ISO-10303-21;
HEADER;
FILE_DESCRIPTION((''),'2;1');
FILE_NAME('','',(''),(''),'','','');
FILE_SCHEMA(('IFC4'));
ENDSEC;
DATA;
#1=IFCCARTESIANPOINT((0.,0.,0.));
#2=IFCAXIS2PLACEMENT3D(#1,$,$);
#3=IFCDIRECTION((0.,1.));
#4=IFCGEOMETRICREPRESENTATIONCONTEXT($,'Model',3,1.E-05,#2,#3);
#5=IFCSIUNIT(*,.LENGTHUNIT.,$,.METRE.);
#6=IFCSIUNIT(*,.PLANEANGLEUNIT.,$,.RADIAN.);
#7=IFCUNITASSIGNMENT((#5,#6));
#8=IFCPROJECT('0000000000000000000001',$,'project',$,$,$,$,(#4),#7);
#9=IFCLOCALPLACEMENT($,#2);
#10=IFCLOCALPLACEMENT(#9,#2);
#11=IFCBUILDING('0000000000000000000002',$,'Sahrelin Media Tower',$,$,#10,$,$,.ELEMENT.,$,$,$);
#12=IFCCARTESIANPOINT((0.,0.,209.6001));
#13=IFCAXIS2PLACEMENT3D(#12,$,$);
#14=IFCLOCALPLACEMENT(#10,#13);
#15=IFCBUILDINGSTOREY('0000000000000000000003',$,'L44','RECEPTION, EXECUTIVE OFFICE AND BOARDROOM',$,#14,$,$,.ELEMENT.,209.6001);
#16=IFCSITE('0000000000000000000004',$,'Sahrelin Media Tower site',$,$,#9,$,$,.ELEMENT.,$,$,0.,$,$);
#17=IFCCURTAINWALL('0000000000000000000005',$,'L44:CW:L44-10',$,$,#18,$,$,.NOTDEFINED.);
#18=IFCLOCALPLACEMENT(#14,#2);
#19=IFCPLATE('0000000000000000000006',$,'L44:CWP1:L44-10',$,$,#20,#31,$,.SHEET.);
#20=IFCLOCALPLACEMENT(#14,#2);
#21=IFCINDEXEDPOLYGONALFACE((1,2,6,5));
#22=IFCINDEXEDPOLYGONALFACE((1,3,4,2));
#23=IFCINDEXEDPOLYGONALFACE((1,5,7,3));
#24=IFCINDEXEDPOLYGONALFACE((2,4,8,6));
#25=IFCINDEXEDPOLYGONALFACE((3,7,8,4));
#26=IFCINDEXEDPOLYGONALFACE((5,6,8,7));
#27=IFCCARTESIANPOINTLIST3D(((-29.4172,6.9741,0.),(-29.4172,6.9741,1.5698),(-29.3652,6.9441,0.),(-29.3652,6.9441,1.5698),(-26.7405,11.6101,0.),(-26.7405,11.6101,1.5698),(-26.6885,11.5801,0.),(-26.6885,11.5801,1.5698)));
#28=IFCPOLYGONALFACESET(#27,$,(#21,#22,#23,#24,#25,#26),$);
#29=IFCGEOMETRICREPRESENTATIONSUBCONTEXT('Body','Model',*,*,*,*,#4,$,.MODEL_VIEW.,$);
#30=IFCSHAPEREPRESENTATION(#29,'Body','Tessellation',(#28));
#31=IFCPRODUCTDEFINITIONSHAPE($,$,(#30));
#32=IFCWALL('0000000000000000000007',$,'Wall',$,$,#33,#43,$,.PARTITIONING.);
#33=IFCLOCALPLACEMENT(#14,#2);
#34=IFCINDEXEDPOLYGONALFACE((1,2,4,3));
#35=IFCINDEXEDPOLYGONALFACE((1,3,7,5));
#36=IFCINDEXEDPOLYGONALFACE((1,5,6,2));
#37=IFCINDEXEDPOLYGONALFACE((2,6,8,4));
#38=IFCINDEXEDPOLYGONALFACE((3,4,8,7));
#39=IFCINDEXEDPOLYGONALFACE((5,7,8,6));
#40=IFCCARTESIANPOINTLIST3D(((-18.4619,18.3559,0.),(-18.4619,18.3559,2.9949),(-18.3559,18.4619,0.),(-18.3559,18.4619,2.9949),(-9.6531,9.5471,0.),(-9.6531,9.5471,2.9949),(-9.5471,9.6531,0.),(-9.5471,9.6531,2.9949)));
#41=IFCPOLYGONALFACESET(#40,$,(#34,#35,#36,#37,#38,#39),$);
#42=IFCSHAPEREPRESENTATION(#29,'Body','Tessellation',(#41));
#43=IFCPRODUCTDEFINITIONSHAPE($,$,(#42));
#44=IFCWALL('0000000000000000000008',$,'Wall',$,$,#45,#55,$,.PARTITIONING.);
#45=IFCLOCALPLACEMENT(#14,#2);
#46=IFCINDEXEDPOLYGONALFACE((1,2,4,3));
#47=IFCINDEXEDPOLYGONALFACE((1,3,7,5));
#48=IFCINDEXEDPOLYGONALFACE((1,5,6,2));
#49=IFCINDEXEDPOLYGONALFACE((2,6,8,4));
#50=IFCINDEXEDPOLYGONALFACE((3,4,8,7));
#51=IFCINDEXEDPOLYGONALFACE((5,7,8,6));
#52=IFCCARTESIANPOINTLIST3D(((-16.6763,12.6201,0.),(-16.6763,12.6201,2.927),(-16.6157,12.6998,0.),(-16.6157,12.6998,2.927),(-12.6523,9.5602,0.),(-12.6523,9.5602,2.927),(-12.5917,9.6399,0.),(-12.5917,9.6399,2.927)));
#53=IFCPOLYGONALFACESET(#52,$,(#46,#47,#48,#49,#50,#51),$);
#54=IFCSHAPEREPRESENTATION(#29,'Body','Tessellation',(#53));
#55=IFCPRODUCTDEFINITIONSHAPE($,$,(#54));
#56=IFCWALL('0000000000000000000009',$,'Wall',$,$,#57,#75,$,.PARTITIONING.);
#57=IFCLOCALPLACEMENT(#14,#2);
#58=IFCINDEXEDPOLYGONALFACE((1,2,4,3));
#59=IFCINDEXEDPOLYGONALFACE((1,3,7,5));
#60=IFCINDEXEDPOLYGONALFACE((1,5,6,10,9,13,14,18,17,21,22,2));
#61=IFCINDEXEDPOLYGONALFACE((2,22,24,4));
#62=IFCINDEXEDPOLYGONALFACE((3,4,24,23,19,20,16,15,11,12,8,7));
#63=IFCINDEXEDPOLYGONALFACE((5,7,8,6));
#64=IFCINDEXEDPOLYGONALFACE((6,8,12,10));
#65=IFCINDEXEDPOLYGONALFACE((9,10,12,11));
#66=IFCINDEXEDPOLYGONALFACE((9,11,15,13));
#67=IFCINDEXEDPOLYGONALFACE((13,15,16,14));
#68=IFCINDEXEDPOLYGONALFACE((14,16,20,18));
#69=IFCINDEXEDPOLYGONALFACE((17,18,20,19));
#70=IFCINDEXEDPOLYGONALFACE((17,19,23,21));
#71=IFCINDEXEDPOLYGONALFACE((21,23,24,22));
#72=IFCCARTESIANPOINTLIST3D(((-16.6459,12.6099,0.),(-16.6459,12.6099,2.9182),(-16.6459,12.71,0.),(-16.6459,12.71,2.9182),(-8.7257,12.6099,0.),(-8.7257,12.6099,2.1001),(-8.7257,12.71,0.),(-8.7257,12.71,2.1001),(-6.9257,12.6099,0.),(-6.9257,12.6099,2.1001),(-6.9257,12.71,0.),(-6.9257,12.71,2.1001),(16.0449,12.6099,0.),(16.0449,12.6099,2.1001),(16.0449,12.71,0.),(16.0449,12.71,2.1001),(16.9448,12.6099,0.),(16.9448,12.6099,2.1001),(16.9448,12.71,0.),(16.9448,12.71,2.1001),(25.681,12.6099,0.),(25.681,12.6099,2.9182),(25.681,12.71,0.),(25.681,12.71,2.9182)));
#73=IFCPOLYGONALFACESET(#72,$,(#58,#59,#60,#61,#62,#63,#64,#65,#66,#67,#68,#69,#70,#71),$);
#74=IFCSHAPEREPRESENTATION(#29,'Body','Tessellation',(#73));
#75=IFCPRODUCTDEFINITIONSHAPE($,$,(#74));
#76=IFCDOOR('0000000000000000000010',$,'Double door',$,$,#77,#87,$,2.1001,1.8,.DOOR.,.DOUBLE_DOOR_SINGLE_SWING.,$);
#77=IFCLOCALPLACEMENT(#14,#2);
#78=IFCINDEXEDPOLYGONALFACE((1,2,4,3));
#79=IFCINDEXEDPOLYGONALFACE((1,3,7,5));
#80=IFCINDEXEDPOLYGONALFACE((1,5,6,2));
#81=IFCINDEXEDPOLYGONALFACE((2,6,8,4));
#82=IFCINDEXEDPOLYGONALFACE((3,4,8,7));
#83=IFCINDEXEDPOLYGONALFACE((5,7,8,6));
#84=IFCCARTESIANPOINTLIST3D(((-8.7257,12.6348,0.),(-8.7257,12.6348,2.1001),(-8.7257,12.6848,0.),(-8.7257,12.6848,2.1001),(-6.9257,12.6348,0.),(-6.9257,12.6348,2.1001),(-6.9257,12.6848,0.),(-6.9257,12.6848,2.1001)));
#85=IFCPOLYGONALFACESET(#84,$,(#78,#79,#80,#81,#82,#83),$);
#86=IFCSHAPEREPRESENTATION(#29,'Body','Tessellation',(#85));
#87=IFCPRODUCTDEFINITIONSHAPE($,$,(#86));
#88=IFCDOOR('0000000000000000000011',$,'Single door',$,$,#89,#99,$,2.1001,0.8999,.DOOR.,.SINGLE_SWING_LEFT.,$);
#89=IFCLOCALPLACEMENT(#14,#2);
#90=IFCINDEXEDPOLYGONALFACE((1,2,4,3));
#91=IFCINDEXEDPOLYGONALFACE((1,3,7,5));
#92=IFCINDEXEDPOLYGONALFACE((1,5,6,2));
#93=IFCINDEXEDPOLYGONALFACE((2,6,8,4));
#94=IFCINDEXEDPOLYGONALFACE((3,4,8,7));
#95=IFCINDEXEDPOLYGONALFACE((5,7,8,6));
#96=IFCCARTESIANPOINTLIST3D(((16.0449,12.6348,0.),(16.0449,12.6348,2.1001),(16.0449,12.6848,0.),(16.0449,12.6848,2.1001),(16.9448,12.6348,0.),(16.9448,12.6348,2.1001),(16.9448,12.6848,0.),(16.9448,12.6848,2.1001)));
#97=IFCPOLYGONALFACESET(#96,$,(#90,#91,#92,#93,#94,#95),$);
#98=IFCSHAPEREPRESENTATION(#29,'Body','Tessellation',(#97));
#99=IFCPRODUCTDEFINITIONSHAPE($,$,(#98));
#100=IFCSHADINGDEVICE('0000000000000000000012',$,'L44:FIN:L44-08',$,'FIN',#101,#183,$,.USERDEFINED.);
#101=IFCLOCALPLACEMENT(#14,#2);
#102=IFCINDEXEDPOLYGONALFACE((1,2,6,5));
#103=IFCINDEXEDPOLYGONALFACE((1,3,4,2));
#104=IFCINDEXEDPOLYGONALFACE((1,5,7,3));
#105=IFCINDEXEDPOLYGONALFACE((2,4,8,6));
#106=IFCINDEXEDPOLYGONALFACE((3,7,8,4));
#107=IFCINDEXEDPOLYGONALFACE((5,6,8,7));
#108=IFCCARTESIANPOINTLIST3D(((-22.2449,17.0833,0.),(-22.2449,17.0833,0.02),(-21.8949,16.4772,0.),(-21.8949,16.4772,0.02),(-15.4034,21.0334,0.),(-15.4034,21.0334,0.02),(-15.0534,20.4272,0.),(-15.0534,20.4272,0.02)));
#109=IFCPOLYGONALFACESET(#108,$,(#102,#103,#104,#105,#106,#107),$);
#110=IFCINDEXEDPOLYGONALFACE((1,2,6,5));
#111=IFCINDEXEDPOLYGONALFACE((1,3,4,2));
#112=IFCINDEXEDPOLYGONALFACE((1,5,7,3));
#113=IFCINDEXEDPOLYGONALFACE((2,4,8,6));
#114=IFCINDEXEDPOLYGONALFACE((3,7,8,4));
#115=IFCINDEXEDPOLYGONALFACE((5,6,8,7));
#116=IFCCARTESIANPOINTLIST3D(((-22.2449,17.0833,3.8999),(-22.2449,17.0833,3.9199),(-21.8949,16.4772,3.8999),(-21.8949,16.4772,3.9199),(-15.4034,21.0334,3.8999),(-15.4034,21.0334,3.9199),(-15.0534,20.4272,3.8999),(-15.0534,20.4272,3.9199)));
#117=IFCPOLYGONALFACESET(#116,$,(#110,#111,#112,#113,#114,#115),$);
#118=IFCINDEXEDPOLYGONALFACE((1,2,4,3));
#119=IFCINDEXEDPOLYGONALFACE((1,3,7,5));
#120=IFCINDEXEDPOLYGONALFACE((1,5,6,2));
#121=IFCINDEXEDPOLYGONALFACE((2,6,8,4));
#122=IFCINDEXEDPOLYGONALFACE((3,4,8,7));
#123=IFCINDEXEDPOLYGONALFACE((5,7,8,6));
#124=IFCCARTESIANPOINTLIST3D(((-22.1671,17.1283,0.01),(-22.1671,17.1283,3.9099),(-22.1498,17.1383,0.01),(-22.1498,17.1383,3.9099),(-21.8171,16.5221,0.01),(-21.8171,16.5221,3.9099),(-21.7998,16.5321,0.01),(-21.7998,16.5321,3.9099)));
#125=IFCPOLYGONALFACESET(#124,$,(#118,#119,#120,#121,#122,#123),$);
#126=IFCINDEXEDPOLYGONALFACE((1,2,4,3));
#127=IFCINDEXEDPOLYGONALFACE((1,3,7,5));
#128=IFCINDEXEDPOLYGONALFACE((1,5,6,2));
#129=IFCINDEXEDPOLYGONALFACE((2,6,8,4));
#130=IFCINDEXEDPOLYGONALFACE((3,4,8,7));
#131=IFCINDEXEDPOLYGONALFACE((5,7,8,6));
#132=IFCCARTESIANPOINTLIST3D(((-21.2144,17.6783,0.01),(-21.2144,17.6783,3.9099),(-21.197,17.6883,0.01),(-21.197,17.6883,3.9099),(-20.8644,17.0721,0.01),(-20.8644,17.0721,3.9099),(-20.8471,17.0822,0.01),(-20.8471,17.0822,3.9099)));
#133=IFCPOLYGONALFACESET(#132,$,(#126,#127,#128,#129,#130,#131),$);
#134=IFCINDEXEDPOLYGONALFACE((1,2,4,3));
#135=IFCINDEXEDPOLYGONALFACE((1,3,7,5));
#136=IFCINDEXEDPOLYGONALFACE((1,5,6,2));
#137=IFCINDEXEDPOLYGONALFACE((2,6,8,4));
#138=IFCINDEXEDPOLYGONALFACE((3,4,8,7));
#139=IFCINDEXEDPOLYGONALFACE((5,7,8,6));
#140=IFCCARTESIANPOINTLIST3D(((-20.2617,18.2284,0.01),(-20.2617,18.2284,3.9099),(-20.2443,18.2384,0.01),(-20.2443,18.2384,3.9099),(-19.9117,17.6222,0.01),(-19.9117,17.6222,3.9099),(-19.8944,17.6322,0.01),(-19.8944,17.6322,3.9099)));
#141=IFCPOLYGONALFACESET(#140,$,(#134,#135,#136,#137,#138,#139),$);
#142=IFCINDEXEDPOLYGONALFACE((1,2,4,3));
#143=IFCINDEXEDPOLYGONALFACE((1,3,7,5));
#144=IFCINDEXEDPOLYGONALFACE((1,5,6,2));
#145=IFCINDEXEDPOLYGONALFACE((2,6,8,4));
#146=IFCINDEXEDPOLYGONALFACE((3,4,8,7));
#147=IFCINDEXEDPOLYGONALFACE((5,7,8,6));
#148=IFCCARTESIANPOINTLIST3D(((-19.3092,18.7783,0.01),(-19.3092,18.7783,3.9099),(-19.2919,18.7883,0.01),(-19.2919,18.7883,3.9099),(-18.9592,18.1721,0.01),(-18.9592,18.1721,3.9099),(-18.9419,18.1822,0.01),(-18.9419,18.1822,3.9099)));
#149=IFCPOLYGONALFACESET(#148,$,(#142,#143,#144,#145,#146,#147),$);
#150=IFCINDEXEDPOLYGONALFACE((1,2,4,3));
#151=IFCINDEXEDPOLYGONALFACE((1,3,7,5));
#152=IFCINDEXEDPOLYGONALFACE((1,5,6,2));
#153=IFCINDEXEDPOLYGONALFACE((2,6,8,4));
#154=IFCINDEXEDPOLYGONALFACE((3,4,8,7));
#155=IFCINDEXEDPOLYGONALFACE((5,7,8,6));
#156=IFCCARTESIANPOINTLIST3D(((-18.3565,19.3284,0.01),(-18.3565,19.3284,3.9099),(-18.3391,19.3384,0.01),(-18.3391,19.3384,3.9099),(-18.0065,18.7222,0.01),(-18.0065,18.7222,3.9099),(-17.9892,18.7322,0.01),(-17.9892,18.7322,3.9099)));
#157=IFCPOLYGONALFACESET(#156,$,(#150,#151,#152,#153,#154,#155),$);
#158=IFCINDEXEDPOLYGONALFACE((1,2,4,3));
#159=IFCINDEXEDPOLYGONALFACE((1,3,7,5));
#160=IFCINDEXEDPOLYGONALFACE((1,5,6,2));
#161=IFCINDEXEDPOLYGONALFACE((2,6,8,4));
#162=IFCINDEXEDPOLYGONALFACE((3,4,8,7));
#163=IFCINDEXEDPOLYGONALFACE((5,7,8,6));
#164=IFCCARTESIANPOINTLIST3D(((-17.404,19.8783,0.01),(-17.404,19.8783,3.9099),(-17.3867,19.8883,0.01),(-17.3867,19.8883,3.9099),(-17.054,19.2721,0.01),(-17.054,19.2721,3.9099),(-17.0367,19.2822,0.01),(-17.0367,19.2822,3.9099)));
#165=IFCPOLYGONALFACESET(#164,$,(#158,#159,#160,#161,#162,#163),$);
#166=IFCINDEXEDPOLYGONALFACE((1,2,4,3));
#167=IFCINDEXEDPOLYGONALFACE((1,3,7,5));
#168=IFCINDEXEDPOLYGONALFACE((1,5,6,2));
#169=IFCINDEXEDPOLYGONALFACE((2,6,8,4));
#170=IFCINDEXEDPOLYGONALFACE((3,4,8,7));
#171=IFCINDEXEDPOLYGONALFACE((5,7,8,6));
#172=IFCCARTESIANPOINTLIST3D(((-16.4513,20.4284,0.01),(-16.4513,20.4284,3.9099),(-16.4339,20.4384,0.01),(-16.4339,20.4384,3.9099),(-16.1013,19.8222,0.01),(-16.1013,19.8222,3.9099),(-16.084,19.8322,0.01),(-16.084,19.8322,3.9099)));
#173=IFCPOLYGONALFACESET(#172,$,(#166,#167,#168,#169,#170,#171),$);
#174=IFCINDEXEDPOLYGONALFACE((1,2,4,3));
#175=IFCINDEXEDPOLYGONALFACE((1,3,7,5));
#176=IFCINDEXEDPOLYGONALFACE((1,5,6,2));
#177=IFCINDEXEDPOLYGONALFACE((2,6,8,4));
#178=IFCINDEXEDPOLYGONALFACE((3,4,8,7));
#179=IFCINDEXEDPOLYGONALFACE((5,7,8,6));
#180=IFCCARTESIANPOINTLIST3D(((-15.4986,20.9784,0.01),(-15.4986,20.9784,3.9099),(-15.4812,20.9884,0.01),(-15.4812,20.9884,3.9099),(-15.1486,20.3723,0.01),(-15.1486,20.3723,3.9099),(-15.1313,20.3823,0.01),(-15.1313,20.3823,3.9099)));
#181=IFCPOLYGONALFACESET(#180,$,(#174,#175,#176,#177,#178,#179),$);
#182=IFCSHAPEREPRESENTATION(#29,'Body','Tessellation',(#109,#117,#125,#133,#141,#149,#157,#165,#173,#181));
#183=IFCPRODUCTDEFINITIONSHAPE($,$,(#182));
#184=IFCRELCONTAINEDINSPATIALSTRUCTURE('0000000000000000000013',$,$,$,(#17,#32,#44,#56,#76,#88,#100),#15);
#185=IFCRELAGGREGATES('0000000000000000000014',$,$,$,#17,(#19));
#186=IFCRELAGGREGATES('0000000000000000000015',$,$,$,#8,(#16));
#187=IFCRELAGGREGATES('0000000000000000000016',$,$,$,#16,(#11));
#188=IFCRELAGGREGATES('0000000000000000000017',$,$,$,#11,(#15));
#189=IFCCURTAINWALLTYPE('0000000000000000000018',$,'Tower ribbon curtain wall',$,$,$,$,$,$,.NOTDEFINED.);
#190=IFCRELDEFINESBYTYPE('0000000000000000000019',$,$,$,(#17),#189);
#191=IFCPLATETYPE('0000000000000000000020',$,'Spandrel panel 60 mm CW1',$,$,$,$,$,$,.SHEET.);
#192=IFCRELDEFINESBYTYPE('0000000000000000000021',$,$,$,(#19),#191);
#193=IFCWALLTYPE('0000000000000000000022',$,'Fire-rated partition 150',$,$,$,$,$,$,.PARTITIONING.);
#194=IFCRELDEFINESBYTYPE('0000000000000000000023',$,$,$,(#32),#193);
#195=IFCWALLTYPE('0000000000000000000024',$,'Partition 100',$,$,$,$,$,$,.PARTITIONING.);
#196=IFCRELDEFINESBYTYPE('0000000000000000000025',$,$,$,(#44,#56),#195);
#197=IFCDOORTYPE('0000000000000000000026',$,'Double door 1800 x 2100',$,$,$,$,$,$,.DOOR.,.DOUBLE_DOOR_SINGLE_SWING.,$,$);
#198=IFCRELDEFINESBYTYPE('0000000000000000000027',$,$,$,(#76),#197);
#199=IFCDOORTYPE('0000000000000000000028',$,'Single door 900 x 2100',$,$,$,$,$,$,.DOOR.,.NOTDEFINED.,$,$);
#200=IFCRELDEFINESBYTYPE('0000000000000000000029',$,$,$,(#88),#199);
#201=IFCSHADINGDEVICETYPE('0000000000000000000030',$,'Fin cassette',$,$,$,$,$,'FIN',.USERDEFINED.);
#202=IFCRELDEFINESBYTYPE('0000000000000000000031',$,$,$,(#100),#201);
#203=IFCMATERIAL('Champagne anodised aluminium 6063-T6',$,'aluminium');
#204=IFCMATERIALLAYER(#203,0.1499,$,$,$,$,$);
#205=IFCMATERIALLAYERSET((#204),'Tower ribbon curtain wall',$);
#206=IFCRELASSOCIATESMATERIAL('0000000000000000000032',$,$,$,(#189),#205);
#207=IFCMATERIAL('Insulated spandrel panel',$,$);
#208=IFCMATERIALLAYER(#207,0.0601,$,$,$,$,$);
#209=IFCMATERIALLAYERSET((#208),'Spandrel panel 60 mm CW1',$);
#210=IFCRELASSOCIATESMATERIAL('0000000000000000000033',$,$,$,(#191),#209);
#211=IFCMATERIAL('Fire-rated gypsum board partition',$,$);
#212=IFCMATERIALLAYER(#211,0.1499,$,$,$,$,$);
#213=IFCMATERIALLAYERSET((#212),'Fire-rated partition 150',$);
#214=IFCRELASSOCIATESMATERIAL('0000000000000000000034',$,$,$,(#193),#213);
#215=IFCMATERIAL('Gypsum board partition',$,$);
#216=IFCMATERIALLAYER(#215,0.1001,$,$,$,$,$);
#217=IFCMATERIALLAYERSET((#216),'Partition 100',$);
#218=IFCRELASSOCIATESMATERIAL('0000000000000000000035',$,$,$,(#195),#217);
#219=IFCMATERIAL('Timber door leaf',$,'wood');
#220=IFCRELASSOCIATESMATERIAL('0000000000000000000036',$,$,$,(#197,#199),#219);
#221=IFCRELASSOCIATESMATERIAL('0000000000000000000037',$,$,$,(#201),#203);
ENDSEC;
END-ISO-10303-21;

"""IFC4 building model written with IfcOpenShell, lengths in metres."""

from ifc_helpers import new_model, si_unit, direction, frame, frame_2d, origin, origin_2d, place, context, subcontext, project, spatial, polyline, rectangle, outline, extrude, material, layer, layer_set, type_object, element, fill, aggregate, save


model = new_model("IFC4")

# Units and contexts
model_context = context("Model", 3, precision=1e-05, world=origin(), true_north=direction((0.0, 1.0)))
body_context = subcontext(model_context, "Body", "Model", "MODEL_VIEW")
ifc_project = project(units=[si_unit("LENGTHUNIT", "METRE"), si_unit("PLANEANGLEUNIT", "RADIAN")], contexts=[model_context])

# Site, building, storey
site_placement = place(None, origin())
site = spatial("IfcSite", under=ifc_project, at=site_placement, Name="Sahrelin Media Tower site", CompositionType="ELEMENT", RefElevation=0.0)
building_placement = place(site_placement, origin())
building = spatial("IfcBuilding", under=site, at=building_placement, Name="Sahrelin Media Tower", CompositionType="ELEMENT")
storey_placement = place(building_placement, frame((0.0, 0.0, 209.6001)))
storey = spatial("IfcBuildingStorey", under=building, at=storey_placement, Name="L44", Description="RECEPTION, EXECUTIVE OFFICE AND BOARDROOM", CompositionType="ELEMENT", Elevation=209.6001)

# Shared definitions
ifc_material_1 = material(Name="Champagne anodised aluminium 6063-T6", Category="aluminium")
ifc_layer_1 = layer(ifc_material_1, 0.1499)
ifc_layer_set_1 = layer_set([ifc_layer_1], Name="Tower ribbon curtain wall")
curtain_wall_type = type_object("IfcCurtainWallType", Name="Tower ribbon curtain wall", PredefinedType="NOTDEFINED", material=ifc_layer_set_1)

# Curtain wall
curtain_wall_1_placement = place(storey_placement, frame((-28.0615, 9.282, 0.0), z_axis=(0.0, 0.0, 1.0), x_axis=(1.0, 0.0, 0.0)))
curtain_wall_1 = element("IfcCurtainWall", 1, at=curtain_wall_1_placement, inside=storey, type_object=curtain_wall_type, Name="L44:CW:L44-10", PredefinedType="NOTDEFINED")

# Plate
ifc_material_2 = material(Name="Insulated spandrel panel")
ifc_layer_2 = layer(ifc_material_2, 0.0601)
ifc_layer_set_2 = layer_set([ifc_layer_2], Name="Spandrel panel 60 mm CW1")
plate_type_1 = type_object("IfcPlateType", Name="Spandrel panel 60 mm CW1", PredefinedType="SHEET", material=ifc_layer_set_2)
plate_1_placement = place(storey_placement, frame((-26.7405, 11.6101, 0.0), z_axis=(-0.866012, 0.500024, 0.0), x_axis=(-0.500024, -0.866012, 0.0)))
plate_1 = element("IfcPlate", 2, at=plate_1_placement, type_object=plate_type_1, Name="L44:CWP1:L44-10", PredefinedType="SHEET", context=body_context, shape_type="SweptSolid", body=[
    extrude(outline(polyline([(0.0, 0.0), (5.3533, 0.0), (5.3533, 1.5698), (0.0, 1.5698), (0.0, 0.0)])), origin(), (0.0, 0.0, -1.0), 0.0601),
])
aggregate(curtain_wall_1, [plate_1])

# Walls
ifc_material_3 = material(Name="Fire-rated gypsum board partition")
ifc_layer_3 = layer(ifc_material_3, 0.1499)
ifc_layer_set_3 = layer_set([ifc_layer_3], Name="Fire-rated partition 150")
wall_type_1 = type_object("IfcWallType", Name="Fire-rated partition 150", PredefinedType="PARTITIONING", material=ifc_layer_set_3)
wall_1_placement = place(storey_placement, frame((-18.4089, 18.4089, 0.0), z_axis=(0.0, 0.0, 1.0), x_axis=(0.707107, -0.707107, 0.0)))
element("IfcWall", 3, at=wall_1_placement, inside=storey, type_object=wall_type_1, Name="Wall", PredefinedType="PARTITIONING", context=body_context, shape_type="SweptSolid", body=[
    extrude(rectangle(XDim=12.4575, YDim=0.1499, at=frame_2d((6.2288, 0.0))), origin(), (0.0, 0.0, 1.0), 2.9949),
])
ifc_material_4 = material(Name="Gypsum board partition")
ifc_layer_4 = layer(ifc_material_4, 0.1001)
ifc_layer_set_4 = layer_set([ifc_layer_4], Name="Partition 100")
wall_type_2 = type_object("IfcWallType", Name="Partition 100", PredefinedType="PARTITIONING", material=ifc_layer_set_4)
wall_2_placement = place(storey_placement, frame((-16.646, 12.6599, 0.0), z_axis=(0.0, 0.0, 1.0), x_axis=(0.796007, -0.605288, 0.0)))
element("IfcWall", 4, at=wall_2_placement, inside=storey, type_object=wall_type_2, Name="Wall", PredefinedType="PARTITIONING", context=body_context, shape_type="SweptSolid", body=[
    extrude(rectangle(XDim=5.0552, YDim=0.1001, at=frame_2d((2.5276, 0.0))), origin(), (0.0, 0.0, 1.0), 2.927),
])

# Wall, openings, doors
wall_3_placement = place(storey_placement, frame((-16.646, 12.6599, 0.0), z_axis=(0.0, 0.0, 1.0), x_axis=(1.0, 0.0, 0.0)))
wall_3 = element("IfcWall", 5, at=wall_3_placement, inside=storey, type_object=wall_type_2, Name="Wall", PredefinedType="PARTITIONING", context=body_context, shape_type="SweptSolid", body=[
    extrude(rectangle(XDim=42.3269, YDim=0.1001, at=frame_2d((21.1636, 0.0))), origin(), (0.0, 0.0, 1.0), 2.9182),
])
opening_1_placement = place(wall_3_placement, frame((7.9204, 0.0, 0.0)))
opening_1 = element("IfcOpeningElement", 6, at=opening_1_placement, cuts=wall_3, PredefinedType="OPENING", context=body_context, shape_type="SweptSolid", body=[
    extrude(rectangle(XDim=1.8, YDim=2.1001, at=frame_2d((0.8999, 1.05))), frame((0.0, 0.05, 0.0), z_axis=(0.0, -1.0, 0.0), x_axis=(1.0, 0.0, 0.0)), (0.0, 0.0, 1.0), 0.1001),
])
opening_2_placement = place(wall_3_placement, frame((32.6909, 0.0, 0.0)))
opening_2 = element("IfcOpeningElement", 7, at=opening_2_placement, cuts=wall_3, PredefinedType="OPENING", context=body_context, shape_type="SweptSolid", body=[
    extrude(rectangle(XDim=0.8999, YDim=2.1001, at=frame_2d((0.45, 1.05))), frame((0.0, 0.05, 0.0), z_axis=(0.0, -1.0, 0.0), x_axis=(1.0, 0.0, 0.0)), (0.0, 0.0, 1.0), 0.1001),
])
ifc_material_5 = material(Name="Timber door leaf", Category="wood")
door_type_1 = type_object("IfcDoorType", Name="Double door 1800 x 2100", OperationType="DOUBLE_DOOR_SINGLE_SWING", PredefinedType="DOOR", material=ifc_material_5)
door_1_placement = place(opening_1_placement, origin())
door_1 = element("IfcDoor", 8, at=door_1_placement, inside=storey, type_object=door_type_1, Name="Double door", OperationType="DOUBLE_DOOR_SINGLE_SWING", OverallHeight=2.1001, OverallWidth=1.8, PredefinedType="DOOR", context=body_context, shape_type="SweptSolid", body=[
    extrude(rectangle(XDim=1.8, YDim=2.1001, at=frame_2d((0.8999, 1.05))), frame((0.0, 0.0249, 0.0), z_axis=(0.0, -1.0, 0.0), x_axis=(1.0, 0.0, 0.0)), (0.0, 0.0, 1.0), 0.05),
])
fill(opening_1, door_1)
door_type_2 = type_object("IfcDoorType", Name="Single door 900 x 2100", OperationType="NOTDEFINED", PredefinedType="DOOR", material=ifc_material_5)
door_2_placement = place(opening_2_placement, origin())
door_2 = element("IfcDoor", 9, at=door_2_placement, inside=storey, type_object=door_type_2, Name="Single door", OperationType="SINGLE_SWING_LEFT", OverallHeight=2.1001, OverallWidth=0.8999, PredefinedType="DOOR", context=body_context, shape_type="SweptSolid", body=[
    extrude(rectangle(XDim=0.8999, YDim=2.1001, at=frame_2d((0.45, 1.05))), frame((0.0, 0.0249, 0.0), z_axis=(0.0, -1.0, 0.0), x_axis=(1.0, 0.0, 0.0)), (0.0, 0.0, 1.0), 0.05),
])
fill(opening_2, door_2)

# Shading device
shading_device_type_1 = type_object("IfcShadingDeviceType", Name="Fin cassette", ElementType="FIN", PredefinedType="USERDEFINED", material=ifc_material_1)
placement_1 = place(storey_placement, frame((-18.4392, 18.3916, 0.0), z_axis=(0.0, 0.0, 1.0), x_axis=(0.866019, 0.500011, 0.0)))
element("IfcShadingDevice", 10, at=placement_1, inside=storey, type_object=shading_device_type_1, Name="L44:FIN:L44-08", ObjectType="FIN", PredefinedType="USERDEFINED", context=body_context, shape_type="SweptSolid", body=[
    extrude(rectangle(XDim=7.8999, YDim=0.7, at=origin_2d()), frame((0.0, 0.4199, 0.0)), (0.0, 0.0, 1.0), 0.02),
    extrude(rectangle(XDim=7.8999, YDim=0.7, at=origin_2d()), frame((0.0, 0.4199, 3.8999)), (0.0, 0.0, 1.0), 0.02),
    extrude(rectangle(XDim=0.02, YDim=0.7, at=origin_2d()), frame((-3.8501, 0.4199, 0.01), z_axis=(0.0, 0.0, 1.0), x_axis=(1.0, 0.0, 0.0)), (0.0, 0.0, 1.0), 3.8999),
    extrude(rectangle(XDim=0.02, YDim=0.7, at=origin_2d()), frame((-2.75, 0.4199, 0.01), z_axis=(0.0, 0.0, 1.0), x_axis=(1.0, 0.0, 0.0)), (0.0, 0.0, 1.0), 3.8999),
    extrude(rectangle(XDim=0.02, YDim=0.7, at=origin_2d()), frame((-1.6499, 0.4199, 0.01), z_axis=(0.0, 0.0, 1.0), x_axis=(1.0, 0.0, 0.0)), (0.0, 0.0, 1.0), 3.8999),
    extrude(rectangle(XDim=0.02, YDim=0.7, at=origin_2d()), frame((-0.55, 0.4199, 0.01), z_axis=(0.0, 0.0, 1.0), x_axis=(1.0, 0.0, 0.0)), (0.0, 0.0, 1.0), 3.8999),
    extrude(rectangle(XDim=0.02, YDim=0.7, at=origin_2d()), frame((0.55, 0.4199, 0.01), z_axis=(0.0, 0.0, 1.0), x_axis=(1.0, 0.0, 0.0)), (0.0, 0.0, 1.0), 3.8999),
    extrude(rectangle(XDim=0.02, YDim=0.7, at=origin_2d()), frame((1.6499, 0.4199, 0.01), z_axis=(0.0, 0.0, 1.0), x_axis=(1.0, 0.0, 0.0)), (0.0, 0.0, 1.0), 3.8999),
    extrude(rectangle(XDim=0.02, YDim=0.7, at=origin_2d()), frame((2.75, 0.4199, 0.01), z_axis=(0.0, 0.0, 1.0), x_axis=(1.0, 0.0, 0.0)), (0.0, 0.0, 1.0), 3.8999),
    extrude(rectangle(XDim=0.02, YDim=0.7, at=origin_2d()), frame((3.8501, 0.4199, 0.01), z_axis=(0.0, 0.0, 1.0), x_axis=(1.0, 0.0, 0.0)), (0.0, 0.0, 1.0), 3.8999),
])

save(model, "model.ifc")
